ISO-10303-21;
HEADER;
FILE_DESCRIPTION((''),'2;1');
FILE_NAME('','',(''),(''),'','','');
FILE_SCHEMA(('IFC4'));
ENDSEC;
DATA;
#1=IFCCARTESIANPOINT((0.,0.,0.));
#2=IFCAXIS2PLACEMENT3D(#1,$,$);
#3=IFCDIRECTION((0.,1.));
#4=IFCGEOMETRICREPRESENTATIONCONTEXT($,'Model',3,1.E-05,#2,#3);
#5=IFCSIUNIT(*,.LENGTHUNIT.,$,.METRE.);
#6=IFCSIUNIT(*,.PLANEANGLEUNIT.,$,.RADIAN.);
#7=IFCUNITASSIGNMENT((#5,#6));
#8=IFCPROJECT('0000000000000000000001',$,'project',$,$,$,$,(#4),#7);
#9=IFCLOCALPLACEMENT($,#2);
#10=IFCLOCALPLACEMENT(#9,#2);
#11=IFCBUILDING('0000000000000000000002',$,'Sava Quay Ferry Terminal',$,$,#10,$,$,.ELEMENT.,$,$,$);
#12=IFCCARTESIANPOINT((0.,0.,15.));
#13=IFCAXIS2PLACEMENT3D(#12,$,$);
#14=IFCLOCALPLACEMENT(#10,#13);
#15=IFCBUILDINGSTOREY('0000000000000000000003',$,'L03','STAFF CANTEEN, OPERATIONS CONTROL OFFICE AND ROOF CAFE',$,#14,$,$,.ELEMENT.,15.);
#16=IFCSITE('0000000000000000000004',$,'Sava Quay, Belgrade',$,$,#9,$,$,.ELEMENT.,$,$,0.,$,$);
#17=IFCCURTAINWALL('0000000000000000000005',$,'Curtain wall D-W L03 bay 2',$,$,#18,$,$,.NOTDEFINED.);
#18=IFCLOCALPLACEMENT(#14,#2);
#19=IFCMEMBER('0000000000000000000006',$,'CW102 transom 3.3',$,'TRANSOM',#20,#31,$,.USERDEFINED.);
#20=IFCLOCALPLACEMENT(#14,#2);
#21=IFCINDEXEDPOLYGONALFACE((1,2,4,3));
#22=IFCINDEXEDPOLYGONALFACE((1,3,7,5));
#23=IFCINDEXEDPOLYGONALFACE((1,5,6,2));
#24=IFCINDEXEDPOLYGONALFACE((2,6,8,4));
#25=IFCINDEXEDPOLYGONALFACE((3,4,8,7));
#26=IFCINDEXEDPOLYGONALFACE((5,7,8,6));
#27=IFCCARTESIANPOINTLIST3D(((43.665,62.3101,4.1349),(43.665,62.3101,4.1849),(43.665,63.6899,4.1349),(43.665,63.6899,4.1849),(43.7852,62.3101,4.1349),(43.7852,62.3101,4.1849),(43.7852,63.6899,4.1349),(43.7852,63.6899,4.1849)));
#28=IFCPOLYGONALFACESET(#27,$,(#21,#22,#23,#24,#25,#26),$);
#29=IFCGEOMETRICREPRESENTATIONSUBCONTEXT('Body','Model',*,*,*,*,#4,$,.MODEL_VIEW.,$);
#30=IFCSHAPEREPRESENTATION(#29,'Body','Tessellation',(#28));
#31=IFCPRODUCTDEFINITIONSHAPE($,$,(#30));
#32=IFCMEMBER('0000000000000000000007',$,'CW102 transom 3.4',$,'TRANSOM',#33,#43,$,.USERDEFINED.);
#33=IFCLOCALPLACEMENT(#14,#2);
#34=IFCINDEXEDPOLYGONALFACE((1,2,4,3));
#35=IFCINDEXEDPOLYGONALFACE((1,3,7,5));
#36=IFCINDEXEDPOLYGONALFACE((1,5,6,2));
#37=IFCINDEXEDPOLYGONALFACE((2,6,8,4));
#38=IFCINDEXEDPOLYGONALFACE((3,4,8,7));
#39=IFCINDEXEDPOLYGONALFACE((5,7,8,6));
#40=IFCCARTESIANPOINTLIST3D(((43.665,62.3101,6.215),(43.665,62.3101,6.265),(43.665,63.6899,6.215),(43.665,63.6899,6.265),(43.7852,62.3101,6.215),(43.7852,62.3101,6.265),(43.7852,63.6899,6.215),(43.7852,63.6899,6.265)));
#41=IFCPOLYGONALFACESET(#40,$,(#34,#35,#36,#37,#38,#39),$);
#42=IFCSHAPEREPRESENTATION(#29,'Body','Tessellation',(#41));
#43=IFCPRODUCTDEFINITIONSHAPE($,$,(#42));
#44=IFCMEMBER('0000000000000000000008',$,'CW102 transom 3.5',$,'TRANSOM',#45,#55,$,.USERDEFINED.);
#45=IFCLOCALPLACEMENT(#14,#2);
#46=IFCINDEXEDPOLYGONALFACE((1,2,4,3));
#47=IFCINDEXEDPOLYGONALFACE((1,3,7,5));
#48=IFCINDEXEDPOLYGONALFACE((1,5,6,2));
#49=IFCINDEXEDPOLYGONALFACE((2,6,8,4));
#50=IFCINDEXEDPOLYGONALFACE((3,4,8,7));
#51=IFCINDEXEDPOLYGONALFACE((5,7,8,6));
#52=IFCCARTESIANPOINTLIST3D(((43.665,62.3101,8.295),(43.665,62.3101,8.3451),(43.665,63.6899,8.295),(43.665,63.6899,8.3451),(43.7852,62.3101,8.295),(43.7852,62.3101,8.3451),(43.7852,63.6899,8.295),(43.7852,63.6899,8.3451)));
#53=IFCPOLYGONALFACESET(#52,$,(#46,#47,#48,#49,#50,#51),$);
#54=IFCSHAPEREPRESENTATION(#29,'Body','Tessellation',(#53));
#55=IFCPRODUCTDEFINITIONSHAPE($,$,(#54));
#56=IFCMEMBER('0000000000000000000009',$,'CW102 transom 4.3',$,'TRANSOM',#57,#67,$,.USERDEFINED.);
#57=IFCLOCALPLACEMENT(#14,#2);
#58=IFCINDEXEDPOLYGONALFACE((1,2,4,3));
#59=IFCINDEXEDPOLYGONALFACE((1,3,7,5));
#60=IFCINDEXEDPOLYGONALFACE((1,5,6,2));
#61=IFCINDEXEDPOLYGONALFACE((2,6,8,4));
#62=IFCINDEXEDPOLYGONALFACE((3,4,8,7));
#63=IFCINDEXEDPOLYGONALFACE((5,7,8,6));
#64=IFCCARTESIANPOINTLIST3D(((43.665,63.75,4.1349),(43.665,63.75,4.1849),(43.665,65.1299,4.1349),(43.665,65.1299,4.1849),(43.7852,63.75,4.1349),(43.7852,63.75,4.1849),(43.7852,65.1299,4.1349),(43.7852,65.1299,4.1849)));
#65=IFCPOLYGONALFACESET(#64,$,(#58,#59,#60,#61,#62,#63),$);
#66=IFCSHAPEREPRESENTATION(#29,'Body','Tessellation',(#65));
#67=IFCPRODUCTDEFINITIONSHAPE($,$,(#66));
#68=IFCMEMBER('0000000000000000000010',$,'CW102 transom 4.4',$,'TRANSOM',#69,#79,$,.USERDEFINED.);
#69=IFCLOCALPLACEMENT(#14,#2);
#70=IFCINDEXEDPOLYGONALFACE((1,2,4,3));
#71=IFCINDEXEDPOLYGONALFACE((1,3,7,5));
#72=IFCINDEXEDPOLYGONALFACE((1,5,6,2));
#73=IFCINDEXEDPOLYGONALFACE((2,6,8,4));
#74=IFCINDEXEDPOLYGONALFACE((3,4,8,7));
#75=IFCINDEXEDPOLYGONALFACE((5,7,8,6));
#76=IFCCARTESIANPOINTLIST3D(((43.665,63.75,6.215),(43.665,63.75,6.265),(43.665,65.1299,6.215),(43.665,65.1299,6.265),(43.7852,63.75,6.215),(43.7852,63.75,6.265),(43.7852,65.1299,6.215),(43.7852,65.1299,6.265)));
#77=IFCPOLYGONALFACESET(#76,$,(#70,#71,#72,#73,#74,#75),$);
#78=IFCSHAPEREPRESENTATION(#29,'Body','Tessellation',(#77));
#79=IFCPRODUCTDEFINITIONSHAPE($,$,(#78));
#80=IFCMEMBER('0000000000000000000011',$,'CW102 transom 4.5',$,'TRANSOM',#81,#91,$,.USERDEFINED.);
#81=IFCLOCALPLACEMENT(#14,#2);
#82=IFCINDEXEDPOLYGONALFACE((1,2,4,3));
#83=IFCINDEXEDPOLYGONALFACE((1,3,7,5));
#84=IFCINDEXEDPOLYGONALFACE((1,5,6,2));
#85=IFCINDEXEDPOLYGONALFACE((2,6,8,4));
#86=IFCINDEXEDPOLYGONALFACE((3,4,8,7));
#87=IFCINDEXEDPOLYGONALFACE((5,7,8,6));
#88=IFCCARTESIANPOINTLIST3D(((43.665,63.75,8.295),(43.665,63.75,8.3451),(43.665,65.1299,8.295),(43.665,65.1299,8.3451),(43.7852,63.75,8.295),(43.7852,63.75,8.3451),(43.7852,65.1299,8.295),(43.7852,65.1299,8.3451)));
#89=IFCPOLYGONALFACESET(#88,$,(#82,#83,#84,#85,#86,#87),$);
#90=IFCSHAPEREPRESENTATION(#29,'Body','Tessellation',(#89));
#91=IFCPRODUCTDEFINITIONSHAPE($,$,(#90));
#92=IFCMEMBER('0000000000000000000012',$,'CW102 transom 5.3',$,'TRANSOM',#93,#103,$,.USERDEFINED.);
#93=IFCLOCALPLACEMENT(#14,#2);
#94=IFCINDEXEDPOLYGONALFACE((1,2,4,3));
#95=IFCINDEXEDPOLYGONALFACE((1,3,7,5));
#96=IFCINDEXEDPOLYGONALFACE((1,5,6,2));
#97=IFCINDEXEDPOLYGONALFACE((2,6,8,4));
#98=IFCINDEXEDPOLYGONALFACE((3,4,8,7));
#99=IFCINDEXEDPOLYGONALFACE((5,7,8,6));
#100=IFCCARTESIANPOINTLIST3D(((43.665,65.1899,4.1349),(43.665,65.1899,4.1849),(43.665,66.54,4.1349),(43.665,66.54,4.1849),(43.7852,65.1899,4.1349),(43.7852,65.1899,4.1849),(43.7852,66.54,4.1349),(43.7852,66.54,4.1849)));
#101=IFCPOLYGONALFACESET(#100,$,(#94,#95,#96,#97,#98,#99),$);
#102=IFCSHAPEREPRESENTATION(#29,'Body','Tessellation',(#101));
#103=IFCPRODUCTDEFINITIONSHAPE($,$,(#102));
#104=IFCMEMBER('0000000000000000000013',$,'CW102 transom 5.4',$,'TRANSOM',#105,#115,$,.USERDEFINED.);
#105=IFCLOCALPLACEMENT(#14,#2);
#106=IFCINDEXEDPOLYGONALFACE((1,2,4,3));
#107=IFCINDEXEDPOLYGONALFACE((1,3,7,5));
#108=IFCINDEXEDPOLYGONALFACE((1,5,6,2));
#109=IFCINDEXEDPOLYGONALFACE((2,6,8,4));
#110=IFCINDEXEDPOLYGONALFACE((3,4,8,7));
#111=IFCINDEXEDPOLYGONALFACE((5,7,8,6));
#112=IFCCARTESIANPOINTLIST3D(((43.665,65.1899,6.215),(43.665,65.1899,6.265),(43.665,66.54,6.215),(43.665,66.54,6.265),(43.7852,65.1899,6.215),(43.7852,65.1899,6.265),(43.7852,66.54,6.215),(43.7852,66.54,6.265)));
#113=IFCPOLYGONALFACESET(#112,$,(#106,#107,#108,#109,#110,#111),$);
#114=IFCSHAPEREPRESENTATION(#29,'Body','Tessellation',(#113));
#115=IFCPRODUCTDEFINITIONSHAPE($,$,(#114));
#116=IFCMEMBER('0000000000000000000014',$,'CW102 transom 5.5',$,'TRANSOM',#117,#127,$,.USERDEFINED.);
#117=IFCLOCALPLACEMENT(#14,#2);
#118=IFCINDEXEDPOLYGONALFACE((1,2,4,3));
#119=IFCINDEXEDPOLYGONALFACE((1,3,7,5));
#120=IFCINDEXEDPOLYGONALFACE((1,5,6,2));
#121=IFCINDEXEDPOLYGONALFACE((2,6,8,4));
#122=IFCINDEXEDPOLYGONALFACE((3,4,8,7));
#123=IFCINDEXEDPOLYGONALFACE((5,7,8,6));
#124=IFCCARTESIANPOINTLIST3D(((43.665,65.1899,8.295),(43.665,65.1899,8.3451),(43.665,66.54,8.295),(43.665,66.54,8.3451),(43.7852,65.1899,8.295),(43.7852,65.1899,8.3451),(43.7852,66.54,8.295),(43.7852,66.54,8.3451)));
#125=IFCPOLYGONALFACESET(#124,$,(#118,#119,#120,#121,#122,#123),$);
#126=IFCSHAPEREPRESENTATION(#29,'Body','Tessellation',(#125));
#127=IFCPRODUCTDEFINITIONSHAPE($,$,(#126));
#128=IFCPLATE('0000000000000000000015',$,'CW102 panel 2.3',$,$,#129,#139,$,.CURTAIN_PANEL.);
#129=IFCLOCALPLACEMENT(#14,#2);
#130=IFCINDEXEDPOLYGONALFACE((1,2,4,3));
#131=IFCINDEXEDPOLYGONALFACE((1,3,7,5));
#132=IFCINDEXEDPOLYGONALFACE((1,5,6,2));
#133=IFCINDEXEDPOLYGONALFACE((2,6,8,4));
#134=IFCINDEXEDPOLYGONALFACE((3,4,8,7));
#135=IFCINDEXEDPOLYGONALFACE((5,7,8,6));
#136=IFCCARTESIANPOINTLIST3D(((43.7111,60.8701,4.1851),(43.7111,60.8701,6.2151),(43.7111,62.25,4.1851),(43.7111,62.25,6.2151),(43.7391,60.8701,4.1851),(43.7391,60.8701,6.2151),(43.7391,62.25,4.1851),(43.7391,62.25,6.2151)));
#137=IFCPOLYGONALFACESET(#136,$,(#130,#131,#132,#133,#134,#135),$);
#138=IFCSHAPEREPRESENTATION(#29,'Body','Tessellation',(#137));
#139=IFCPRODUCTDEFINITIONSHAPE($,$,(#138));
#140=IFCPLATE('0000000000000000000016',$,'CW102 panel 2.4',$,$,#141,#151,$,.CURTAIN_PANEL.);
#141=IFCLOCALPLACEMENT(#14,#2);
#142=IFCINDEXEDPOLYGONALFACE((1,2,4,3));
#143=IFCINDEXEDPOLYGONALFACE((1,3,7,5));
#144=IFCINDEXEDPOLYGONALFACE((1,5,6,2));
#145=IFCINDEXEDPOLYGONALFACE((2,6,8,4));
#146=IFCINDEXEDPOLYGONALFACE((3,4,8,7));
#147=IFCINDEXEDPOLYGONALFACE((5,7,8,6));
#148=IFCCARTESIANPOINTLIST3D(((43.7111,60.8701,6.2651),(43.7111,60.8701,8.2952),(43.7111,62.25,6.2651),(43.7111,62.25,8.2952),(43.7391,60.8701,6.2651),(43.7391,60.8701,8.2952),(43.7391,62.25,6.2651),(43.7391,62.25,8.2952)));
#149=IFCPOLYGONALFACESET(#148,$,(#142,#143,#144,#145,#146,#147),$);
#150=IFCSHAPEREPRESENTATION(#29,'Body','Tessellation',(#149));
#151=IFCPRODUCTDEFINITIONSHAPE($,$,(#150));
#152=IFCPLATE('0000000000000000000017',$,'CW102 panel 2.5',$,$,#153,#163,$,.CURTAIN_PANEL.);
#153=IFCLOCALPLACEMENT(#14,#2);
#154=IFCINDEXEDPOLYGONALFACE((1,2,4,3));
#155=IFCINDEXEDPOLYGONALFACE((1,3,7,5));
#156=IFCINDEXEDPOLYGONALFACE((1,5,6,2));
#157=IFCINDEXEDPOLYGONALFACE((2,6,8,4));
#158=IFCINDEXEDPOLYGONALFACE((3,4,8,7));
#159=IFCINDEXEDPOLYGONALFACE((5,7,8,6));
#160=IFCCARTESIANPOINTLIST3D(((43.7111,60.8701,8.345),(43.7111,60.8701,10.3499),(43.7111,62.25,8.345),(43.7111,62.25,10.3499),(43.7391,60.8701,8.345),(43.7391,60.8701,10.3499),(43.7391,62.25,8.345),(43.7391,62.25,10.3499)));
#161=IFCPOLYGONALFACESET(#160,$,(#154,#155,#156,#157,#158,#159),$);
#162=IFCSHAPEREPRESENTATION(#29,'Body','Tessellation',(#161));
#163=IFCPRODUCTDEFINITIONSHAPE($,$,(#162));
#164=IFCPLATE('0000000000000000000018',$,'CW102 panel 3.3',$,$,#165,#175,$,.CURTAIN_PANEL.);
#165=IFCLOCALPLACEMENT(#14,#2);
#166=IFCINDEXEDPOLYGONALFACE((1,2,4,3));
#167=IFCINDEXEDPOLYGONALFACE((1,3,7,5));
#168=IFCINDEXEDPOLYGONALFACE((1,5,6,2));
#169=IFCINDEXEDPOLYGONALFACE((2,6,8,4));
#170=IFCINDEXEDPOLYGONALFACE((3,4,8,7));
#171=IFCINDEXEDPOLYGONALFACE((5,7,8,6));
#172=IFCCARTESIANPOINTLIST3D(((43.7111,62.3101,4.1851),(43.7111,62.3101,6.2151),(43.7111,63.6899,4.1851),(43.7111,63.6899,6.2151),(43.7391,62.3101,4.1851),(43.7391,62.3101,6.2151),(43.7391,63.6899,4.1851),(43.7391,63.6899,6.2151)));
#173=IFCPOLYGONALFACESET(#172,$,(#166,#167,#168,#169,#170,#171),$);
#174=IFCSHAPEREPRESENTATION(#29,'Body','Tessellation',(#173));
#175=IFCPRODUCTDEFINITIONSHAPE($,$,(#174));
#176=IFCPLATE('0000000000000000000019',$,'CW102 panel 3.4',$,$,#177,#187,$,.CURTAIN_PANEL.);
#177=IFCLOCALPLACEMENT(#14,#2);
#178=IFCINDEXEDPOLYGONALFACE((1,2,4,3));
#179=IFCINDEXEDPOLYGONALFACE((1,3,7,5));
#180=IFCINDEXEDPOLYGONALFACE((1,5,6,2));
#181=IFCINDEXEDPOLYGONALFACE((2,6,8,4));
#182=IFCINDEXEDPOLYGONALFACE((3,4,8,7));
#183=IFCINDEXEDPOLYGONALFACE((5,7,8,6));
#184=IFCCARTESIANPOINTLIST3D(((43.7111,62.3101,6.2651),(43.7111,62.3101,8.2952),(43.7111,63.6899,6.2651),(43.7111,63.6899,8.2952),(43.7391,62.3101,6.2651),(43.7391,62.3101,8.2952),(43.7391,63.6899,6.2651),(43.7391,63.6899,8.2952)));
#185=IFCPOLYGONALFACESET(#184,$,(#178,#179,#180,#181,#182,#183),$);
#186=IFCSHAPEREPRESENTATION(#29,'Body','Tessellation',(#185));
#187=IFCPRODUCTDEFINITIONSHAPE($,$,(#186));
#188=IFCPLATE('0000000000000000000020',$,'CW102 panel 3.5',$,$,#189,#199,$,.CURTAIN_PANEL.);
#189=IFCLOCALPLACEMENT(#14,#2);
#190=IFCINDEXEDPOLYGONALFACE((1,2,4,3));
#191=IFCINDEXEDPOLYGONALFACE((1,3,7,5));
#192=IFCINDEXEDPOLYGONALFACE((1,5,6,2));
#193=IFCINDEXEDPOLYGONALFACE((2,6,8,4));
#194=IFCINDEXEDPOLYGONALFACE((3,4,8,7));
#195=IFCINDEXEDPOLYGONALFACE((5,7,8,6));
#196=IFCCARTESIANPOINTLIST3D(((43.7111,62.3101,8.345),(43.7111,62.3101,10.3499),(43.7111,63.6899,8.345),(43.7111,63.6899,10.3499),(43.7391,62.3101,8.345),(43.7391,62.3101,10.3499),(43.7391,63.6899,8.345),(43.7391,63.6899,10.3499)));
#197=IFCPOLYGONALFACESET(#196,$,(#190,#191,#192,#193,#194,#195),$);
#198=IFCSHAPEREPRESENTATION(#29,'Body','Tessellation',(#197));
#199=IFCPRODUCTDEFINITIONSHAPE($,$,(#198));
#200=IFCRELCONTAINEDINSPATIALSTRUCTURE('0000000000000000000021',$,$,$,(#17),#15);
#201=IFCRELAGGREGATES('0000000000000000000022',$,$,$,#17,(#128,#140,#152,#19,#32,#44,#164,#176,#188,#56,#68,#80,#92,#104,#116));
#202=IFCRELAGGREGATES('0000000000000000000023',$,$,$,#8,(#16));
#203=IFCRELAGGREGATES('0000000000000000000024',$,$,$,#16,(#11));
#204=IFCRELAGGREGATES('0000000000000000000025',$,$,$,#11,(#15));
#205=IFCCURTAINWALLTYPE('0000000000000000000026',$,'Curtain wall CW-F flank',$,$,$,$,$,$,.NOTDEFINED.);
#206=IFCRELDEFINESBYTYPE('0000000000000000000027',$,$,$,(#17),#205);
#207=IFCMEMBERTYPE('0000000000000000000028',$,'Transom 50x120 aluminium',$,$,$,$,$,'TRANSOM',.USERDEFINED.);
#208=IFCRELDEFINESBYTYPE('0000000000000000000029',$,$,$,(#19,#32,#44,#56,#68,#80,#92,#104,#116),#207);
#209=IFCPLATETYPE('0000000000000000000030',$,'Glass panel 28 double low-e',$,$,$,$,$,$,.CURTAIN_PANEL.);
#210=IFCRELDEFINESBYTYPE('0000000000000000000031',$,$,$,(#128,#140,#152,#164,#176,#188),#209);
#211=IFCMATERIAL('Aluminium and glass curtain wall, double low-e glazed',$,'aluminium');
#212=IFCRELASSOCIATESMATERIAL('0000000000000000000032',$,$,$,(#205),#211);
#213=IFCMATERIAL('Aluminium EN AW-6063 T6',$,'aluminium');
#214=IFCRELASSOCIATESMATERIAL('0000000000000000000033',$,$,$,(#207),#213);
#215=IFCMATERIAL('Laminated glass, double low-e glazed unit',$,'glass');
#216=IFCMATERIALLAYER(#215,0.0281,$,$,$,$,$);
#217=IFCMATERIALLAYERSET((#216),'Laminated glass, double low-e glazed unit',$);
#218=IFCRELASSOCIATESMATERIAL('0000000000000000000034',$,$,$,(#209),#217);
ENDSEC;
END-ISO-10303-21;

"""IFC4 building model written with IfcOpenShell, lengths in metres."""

from ifc_helpers import new_model, si_unit, direction, frame, origin, origin_2d, place, context, subcontext, project, spatial, rectangle, extrude, material, layer, layer_set, material_profile, profile_set, type_object, element, aggregate, save


model = new_model("IFC4")

# Units and contexts
model_context = context("Model", 3, precision=1e-05, world=origin(), true_north=direction((0.0, 1.0)))
body_context = subcontext(model_context, "Body", "Model", "MODEL_VIEW")
ifc_project = project(units=[si_unit("LENGTHUNIT", "METRE"), si_unit("PLANEANGLEUNIT", "RADIAN")], contexts=[model_context])

# Site, building, storey
site_placement = place(None, origin())
site = spatial("IfcSite", under=ifc_project, at=site_placement, Name="Sava Quay, Belgrade", CompositionType="ELEMENT", RefElevation=0.0)
building_placement = place(site_placement, origin())
building = spatial("IfcBuilding", under=site, at=building_placement, Name="Sava Quay Ferry Terminal", CompositionType="ELEMENT")
storey_placement = place(building_placement, frame((0.0, 0.0, 15.0)))
storey = spatial("IfcBuildingStorey", under=building, at=storey_placement, Name="L03", Description="STAFF CANTEEN, OPERATIONS CONTROL OFFICE AND ROOF CAFE", CompositionType="ELEMENT", Elevation=15.0)

# Curtain wall, members, plates
ifc_material_1 = material(Name="Aluminium and glass curtain wall, double low-e glazed", Category="aluminium")
curtain_wall_type = type_object("IfcCurtainWallType", Name="Curtain wall CW-F flank", PredefinedType="NOTDEFINED", material=ifc_material_1)
curtain_wall_placement = place(storey_placement, origin())
curtain_wall = element("IfcCurtainWall", 1, at=curtain_wall_placement, inside=storey, type_object=curtain_wall_type, Name="Curtain wall D-W L03 bay 2", PredefinedType="NOTDEFINED")
ifc_material_2 = material(Name="Aluminium EN AW-6063 T6", Category="aluminium")
ifc_material_profile = material_profile(ifc_material_2, rectangle(XDim=0.1201, YDim=0.05, at=origin_2d()), Name="Transom 50x120 aluminium")
ifc_profile_set = profile_set([ifc_material_profile], Name="Aluminium EN AW-6063 T6")
member_type = type_object("IfcMemberType", Name="Transom 50x120 aluminium", ElementType="TRANSOM", PredefinedType="USERDEFINED", material=ifc_profile_set)
member_1_placement = place(storey_placement, frame((43.7251, 62.3101, 4.1599), z_axis=(0.0, 1.0, 0.0), x_axis=(-1.0, 0.0, 0.0)))
member_1 = element("IfcMember", 2, at=member_1_placement, type_object=member_type, Name="CW102 transom 3.3", ObjectType="TRANSOM", PredefinedType="USERDEFINED", context=body_context, shape_type="SweptSolid", body=[
    extrude(rectangle(XDim=0.1201, YDim=0.05, at=origin_2d()), origin(), (0.0, 0.0, 1.0), 1.3799),
])
member_2_placement = place(storey_placement, frame((43.7251, 62.3101, 6.24), z_axis=(0.0, 1.0, 0.0), x_axis=(-1.0, 0.0, 0.0)))
member_2 = element("IfcMember", 3, at=member_2_placement, type_object=member_type, Name="CW102 transom 3.4", ObjectType="TRANSOM", PredefinedType="USERDEFINED", context=body_context, shape_type="SweptSolid", body=[
    extrude(rectangle(XDim=0.1201, YDim=0.05, at=origin_2d()), origin(), (0.0, 0.0, 1.0), 1.3799),
])
member_3_placement = place(storey_placement, frame((43.7251, 62.3101, 8.3201), z_axis=(0.0, 1.0, 0.0), x_axis=(-1.0, 0.0, 0.0)))
member_3 = element("IfcMember", 4, at=member_3_placement, type_object=member_type, Name="CW102 transom 3.5", ObjectType="TRANSOM", PredefinedType="USERDEFINED", context=body_context, shape_type="SweptSolid", body=[
    extrude(rectangle(XDim=0.1201, YDim=0.05, at=origin_2d()), origin(), (0.0, 0.0, 1.0), 1.3799),
])
member_4_placement = place(storey_placement, frame((43.7251, 63.75, 4.1599), z_axis=(0.0, 1.0, 0.0), x_axis=(-1.0, 0.0, 0.0)))
member_4 = element("IfcMember", 5, at=member_4_placement, type_object=member_type, Name="CW102 transom 4.3", ObjectType="TRANSOM", PredefinedType="USERDEFINED", context=body_context, shape_type="SweptSolid", body=[
    extrude(rectangle(XDim=0.1201, YDim=0.05, at=origin_2d()), origin(), (0.0, 0.0, 1.0), 1.3799),
])
member_5_placement = place(storey_placement, frame((43.7251, 63.75, 6.24), z_axis=(0.0, 1.0, 0.0), x_axis=(-1.0, 0.0, 0.0)))
member_5 = element("IfcMember", 6, at=member_5_placement, type_object=member_type, Name="CW102 transom 4.4", ObjectType="TRANSOM", PredefinedType="USERDEFINED", context=body_context, shape_type="SweptSolid", body=[
    extrude(rectangle(XDim=0.1201, YDim=0.05, at=origin_2d()), origin(), (0.0, 0.0, 1.0), 1.3799),
])
member_6_placement = place(storey_placement, frame((43.7251, 63.75, 8.3201), z_axis=(0.0, 1.0, 0.0), x_axis=(-1.0, 0.0, 0.0)))
member_6 = element("IfcMember", 7, at=member_6_placement, type_object=member_type, Name="CW102 transom 4.5", ObjectType="TRANSOM", PredefinedType="USERDEFINED", context=body_context, shape_type="SweptSolid", body=[
    extrude(rectangle(XDim=0.1201, YDim=0.05, at=origin_2d()), origin(), (0.0, 0.0, 1.0), 1.3799),
])
member_7_placement = place(storey_placement, frame((43.7251, 65.1899, 4.1599), z_axis=(0.0, 1.0, 0.0), x_axis=(-1.0, 0.0, 0.0)))
member_7 = element("IfcMember", 8, at=member_7_placement, type_object=member_type, Name="CW102 transom 5.3", ObjectType="TRANSOM", PredefinedType="USERDEFINED", context=body_context, shape_type="SweptSolid", body=[
    extrude(rectangle(XDim=0.1201, YDim=0.05, at=origin_2d()), origin(), (0.0, 0.0, 1.0), 1.3501),
])
member_8_placement = place(storey_placement, frame((43.7251, 65.1899, 6.24), z_axis=(0.0, 1.0, 0.0), x_axis=(-1.0, 0.0, 0.0)))
member_8 = element("IfcMember", 9, at=member_8_placement, type_object=member_type, Name="CW102 transom 5.4", ObjectType="TRANSOM", PredefinedType="USERDEFINED", context=body_context, shape_type="SweptSolid", body=[
    extrude(rectangle(XDim=0.1201, YDim=0.05, at=origin_2d()), origin(), (0.0, 0.0, 1.0), 1.3501),
])
member_9_placement = place(storey_placement, frame((43.7251, 65.1899, 8.3201), z_axis=(0.0, 1.0, 0.0), x_axis=(-1.0, 0.0, 0.0)))
member_9 = element("IfcMember", 10, at=member_9_placement, type_object=member_type, Name="CW102 transom 5.5", ObjectType="TRANSOM", PredefinedType="USERDEFINED", context=body_context, shape_type="SweptSolid", body=[
    extrude(rectangle(XDim=0.1201, YDim=0.05, at=origin_2d()), origin(), (0.0, 0.0, 1.0), 1.3501),
])
ifc_material_3 = material(Name="Laminated glass, double low-e glazed unit", Category="glass")
ifc_layer_1 = layer(ifc_material_3, 0.0281)
ifc_layer_set_1 = layer_set([ifc_layer_1], Name="Laminated glass, double low-e glazed unit")
plate_type = type_object("IfcPlateType", Name="Glass panel 28 double low-e", PredefinedType="CURTAIN_PANEL", material=ifc_layer_set_1)
plate_1_placement = place(storey_placement, frame((43.7251, 61.5601, 4.1851), z_axis=(0.0, 0.0, 1.0), x_axis=(0.0, 1.0, 0.0)))
plate_1 = element("IfcPlate", 11, at=plate_1_placement, type_object=plate_type, Name="CW102 panel 2.3", PredefinedType="CURTAIN_PANEL", context=body_context, shape_type="SweptSolid", body=[
    extrude(rectangle(XDim=1.3799, YDim=0.0281, at=origin_2d()), origin(), (0.0, 0.0, 1.0), 2.03),
])
plate_2_placement = place(storey_placement, frame((43.7251, 61.5601, 6.2651), z_axis=(0.0, 0.0, 1.0), x_axis=(0.0, 1.0, 0.0)))
plate_2 = element("IfcPlate", 12, at=plate_2_placement, type_object=plate_type, Name="CW102 panel 2.4", PredefinedType="CURTAIN_PANEL", context=body_context, shape_type="SweptSolid", body=[
    extrude(rectangle(XDim=1.3799, YDim=0.0281, at=origin_2d()), origin(), (0.0, 0.0, 1.0), 2.03),
])
plate_3_placement = place(storey_placement, frame((43.7251, 61.5601, 8.345), z_axis=(0.0, 0.0, 1.0), x_axis=(0.0, 1.0, 0.0)))
plate_3 = element("IfcPlate", 13, at=plate_3_placement, type_object=plate_type, Name="CW102 panel 2.5", PredefinedType="CURTAIN_PANEL", context=body_context, shape_type="SweptSolid", body=[
    extrude(rectangle(XDim=1.3799, YDim=0.0281, at=origin_2d()), origin(), (0.0, 0.0, 1.0), 2.0049),
])
plate_4_placement = place(storey_placement, frame((43.7251, 63.0, 4.1851), z_axis=(0.0, 0.0, 1.0), x_axis=(0.0, 1.0, 0.0)))
plate_4 = element("IfcPlate", 14, at=plate_4_placement, type_object=plate_type, Name="CW102 panel 3.3", PredefinedType="CURTAIN_PANEL", context=body_context, shape_type="SweptSolid", body=[
    extrude(rectangle(XDim=1.3799, YDim=0.0281, at=origin_2d()), origin(), (0.0, 0.0, 1.0), 2.03),
])
plate_5_placement = place(storey_placement, frame((43.7251, 63.0, 6.2651), z_axis=(0.0, 0.0, 1.0), x_axis=(0.0, 1.0, 0.0)))
plate_5 = element("IfcPlate", 15, at=plate_5_placement, type_object=plate_type, Name="CW102 panel 3.4", PredefinedType="CURTAIN_PANEL", context=body_context, shape_type="SweptSolid", body=[
    extrude(rectangle(XDim=1.3799, YDim=0.0281, at=origin_2d()), origin(), (0.0, 0.0, 1.0), 2.03),
])
plate_6_placement = place(storey_placement, frame((43.7251, 63.0, 8.345), z_axis=(0.0, 0.0, 1.0), x_axis=(0.0, 1.0, 0.0)))
plate_6 = element("IfcPlate", 16, at=plate_6_placement, type_object=plate_type, Name="CW102 panel 3.5", PredefinedType="CURTAIN_PANEL", context=body_context, shape_type="SweptSolid", body=[
    extrude(rectangle(XDim=1.3799, YDim=0.0281, at=origin_2d()), origin(), (0.0, 0.0, 1.0), 2.0049),
])
aggregate(curtain_wall, [plate_1, plate_2, plate_3, member_1, member_2, member_3, plate_4, plate_5, plate_6, member_4, member_5, member_6, member_7, member_8, member_9])

save(model, "model.ifc")
